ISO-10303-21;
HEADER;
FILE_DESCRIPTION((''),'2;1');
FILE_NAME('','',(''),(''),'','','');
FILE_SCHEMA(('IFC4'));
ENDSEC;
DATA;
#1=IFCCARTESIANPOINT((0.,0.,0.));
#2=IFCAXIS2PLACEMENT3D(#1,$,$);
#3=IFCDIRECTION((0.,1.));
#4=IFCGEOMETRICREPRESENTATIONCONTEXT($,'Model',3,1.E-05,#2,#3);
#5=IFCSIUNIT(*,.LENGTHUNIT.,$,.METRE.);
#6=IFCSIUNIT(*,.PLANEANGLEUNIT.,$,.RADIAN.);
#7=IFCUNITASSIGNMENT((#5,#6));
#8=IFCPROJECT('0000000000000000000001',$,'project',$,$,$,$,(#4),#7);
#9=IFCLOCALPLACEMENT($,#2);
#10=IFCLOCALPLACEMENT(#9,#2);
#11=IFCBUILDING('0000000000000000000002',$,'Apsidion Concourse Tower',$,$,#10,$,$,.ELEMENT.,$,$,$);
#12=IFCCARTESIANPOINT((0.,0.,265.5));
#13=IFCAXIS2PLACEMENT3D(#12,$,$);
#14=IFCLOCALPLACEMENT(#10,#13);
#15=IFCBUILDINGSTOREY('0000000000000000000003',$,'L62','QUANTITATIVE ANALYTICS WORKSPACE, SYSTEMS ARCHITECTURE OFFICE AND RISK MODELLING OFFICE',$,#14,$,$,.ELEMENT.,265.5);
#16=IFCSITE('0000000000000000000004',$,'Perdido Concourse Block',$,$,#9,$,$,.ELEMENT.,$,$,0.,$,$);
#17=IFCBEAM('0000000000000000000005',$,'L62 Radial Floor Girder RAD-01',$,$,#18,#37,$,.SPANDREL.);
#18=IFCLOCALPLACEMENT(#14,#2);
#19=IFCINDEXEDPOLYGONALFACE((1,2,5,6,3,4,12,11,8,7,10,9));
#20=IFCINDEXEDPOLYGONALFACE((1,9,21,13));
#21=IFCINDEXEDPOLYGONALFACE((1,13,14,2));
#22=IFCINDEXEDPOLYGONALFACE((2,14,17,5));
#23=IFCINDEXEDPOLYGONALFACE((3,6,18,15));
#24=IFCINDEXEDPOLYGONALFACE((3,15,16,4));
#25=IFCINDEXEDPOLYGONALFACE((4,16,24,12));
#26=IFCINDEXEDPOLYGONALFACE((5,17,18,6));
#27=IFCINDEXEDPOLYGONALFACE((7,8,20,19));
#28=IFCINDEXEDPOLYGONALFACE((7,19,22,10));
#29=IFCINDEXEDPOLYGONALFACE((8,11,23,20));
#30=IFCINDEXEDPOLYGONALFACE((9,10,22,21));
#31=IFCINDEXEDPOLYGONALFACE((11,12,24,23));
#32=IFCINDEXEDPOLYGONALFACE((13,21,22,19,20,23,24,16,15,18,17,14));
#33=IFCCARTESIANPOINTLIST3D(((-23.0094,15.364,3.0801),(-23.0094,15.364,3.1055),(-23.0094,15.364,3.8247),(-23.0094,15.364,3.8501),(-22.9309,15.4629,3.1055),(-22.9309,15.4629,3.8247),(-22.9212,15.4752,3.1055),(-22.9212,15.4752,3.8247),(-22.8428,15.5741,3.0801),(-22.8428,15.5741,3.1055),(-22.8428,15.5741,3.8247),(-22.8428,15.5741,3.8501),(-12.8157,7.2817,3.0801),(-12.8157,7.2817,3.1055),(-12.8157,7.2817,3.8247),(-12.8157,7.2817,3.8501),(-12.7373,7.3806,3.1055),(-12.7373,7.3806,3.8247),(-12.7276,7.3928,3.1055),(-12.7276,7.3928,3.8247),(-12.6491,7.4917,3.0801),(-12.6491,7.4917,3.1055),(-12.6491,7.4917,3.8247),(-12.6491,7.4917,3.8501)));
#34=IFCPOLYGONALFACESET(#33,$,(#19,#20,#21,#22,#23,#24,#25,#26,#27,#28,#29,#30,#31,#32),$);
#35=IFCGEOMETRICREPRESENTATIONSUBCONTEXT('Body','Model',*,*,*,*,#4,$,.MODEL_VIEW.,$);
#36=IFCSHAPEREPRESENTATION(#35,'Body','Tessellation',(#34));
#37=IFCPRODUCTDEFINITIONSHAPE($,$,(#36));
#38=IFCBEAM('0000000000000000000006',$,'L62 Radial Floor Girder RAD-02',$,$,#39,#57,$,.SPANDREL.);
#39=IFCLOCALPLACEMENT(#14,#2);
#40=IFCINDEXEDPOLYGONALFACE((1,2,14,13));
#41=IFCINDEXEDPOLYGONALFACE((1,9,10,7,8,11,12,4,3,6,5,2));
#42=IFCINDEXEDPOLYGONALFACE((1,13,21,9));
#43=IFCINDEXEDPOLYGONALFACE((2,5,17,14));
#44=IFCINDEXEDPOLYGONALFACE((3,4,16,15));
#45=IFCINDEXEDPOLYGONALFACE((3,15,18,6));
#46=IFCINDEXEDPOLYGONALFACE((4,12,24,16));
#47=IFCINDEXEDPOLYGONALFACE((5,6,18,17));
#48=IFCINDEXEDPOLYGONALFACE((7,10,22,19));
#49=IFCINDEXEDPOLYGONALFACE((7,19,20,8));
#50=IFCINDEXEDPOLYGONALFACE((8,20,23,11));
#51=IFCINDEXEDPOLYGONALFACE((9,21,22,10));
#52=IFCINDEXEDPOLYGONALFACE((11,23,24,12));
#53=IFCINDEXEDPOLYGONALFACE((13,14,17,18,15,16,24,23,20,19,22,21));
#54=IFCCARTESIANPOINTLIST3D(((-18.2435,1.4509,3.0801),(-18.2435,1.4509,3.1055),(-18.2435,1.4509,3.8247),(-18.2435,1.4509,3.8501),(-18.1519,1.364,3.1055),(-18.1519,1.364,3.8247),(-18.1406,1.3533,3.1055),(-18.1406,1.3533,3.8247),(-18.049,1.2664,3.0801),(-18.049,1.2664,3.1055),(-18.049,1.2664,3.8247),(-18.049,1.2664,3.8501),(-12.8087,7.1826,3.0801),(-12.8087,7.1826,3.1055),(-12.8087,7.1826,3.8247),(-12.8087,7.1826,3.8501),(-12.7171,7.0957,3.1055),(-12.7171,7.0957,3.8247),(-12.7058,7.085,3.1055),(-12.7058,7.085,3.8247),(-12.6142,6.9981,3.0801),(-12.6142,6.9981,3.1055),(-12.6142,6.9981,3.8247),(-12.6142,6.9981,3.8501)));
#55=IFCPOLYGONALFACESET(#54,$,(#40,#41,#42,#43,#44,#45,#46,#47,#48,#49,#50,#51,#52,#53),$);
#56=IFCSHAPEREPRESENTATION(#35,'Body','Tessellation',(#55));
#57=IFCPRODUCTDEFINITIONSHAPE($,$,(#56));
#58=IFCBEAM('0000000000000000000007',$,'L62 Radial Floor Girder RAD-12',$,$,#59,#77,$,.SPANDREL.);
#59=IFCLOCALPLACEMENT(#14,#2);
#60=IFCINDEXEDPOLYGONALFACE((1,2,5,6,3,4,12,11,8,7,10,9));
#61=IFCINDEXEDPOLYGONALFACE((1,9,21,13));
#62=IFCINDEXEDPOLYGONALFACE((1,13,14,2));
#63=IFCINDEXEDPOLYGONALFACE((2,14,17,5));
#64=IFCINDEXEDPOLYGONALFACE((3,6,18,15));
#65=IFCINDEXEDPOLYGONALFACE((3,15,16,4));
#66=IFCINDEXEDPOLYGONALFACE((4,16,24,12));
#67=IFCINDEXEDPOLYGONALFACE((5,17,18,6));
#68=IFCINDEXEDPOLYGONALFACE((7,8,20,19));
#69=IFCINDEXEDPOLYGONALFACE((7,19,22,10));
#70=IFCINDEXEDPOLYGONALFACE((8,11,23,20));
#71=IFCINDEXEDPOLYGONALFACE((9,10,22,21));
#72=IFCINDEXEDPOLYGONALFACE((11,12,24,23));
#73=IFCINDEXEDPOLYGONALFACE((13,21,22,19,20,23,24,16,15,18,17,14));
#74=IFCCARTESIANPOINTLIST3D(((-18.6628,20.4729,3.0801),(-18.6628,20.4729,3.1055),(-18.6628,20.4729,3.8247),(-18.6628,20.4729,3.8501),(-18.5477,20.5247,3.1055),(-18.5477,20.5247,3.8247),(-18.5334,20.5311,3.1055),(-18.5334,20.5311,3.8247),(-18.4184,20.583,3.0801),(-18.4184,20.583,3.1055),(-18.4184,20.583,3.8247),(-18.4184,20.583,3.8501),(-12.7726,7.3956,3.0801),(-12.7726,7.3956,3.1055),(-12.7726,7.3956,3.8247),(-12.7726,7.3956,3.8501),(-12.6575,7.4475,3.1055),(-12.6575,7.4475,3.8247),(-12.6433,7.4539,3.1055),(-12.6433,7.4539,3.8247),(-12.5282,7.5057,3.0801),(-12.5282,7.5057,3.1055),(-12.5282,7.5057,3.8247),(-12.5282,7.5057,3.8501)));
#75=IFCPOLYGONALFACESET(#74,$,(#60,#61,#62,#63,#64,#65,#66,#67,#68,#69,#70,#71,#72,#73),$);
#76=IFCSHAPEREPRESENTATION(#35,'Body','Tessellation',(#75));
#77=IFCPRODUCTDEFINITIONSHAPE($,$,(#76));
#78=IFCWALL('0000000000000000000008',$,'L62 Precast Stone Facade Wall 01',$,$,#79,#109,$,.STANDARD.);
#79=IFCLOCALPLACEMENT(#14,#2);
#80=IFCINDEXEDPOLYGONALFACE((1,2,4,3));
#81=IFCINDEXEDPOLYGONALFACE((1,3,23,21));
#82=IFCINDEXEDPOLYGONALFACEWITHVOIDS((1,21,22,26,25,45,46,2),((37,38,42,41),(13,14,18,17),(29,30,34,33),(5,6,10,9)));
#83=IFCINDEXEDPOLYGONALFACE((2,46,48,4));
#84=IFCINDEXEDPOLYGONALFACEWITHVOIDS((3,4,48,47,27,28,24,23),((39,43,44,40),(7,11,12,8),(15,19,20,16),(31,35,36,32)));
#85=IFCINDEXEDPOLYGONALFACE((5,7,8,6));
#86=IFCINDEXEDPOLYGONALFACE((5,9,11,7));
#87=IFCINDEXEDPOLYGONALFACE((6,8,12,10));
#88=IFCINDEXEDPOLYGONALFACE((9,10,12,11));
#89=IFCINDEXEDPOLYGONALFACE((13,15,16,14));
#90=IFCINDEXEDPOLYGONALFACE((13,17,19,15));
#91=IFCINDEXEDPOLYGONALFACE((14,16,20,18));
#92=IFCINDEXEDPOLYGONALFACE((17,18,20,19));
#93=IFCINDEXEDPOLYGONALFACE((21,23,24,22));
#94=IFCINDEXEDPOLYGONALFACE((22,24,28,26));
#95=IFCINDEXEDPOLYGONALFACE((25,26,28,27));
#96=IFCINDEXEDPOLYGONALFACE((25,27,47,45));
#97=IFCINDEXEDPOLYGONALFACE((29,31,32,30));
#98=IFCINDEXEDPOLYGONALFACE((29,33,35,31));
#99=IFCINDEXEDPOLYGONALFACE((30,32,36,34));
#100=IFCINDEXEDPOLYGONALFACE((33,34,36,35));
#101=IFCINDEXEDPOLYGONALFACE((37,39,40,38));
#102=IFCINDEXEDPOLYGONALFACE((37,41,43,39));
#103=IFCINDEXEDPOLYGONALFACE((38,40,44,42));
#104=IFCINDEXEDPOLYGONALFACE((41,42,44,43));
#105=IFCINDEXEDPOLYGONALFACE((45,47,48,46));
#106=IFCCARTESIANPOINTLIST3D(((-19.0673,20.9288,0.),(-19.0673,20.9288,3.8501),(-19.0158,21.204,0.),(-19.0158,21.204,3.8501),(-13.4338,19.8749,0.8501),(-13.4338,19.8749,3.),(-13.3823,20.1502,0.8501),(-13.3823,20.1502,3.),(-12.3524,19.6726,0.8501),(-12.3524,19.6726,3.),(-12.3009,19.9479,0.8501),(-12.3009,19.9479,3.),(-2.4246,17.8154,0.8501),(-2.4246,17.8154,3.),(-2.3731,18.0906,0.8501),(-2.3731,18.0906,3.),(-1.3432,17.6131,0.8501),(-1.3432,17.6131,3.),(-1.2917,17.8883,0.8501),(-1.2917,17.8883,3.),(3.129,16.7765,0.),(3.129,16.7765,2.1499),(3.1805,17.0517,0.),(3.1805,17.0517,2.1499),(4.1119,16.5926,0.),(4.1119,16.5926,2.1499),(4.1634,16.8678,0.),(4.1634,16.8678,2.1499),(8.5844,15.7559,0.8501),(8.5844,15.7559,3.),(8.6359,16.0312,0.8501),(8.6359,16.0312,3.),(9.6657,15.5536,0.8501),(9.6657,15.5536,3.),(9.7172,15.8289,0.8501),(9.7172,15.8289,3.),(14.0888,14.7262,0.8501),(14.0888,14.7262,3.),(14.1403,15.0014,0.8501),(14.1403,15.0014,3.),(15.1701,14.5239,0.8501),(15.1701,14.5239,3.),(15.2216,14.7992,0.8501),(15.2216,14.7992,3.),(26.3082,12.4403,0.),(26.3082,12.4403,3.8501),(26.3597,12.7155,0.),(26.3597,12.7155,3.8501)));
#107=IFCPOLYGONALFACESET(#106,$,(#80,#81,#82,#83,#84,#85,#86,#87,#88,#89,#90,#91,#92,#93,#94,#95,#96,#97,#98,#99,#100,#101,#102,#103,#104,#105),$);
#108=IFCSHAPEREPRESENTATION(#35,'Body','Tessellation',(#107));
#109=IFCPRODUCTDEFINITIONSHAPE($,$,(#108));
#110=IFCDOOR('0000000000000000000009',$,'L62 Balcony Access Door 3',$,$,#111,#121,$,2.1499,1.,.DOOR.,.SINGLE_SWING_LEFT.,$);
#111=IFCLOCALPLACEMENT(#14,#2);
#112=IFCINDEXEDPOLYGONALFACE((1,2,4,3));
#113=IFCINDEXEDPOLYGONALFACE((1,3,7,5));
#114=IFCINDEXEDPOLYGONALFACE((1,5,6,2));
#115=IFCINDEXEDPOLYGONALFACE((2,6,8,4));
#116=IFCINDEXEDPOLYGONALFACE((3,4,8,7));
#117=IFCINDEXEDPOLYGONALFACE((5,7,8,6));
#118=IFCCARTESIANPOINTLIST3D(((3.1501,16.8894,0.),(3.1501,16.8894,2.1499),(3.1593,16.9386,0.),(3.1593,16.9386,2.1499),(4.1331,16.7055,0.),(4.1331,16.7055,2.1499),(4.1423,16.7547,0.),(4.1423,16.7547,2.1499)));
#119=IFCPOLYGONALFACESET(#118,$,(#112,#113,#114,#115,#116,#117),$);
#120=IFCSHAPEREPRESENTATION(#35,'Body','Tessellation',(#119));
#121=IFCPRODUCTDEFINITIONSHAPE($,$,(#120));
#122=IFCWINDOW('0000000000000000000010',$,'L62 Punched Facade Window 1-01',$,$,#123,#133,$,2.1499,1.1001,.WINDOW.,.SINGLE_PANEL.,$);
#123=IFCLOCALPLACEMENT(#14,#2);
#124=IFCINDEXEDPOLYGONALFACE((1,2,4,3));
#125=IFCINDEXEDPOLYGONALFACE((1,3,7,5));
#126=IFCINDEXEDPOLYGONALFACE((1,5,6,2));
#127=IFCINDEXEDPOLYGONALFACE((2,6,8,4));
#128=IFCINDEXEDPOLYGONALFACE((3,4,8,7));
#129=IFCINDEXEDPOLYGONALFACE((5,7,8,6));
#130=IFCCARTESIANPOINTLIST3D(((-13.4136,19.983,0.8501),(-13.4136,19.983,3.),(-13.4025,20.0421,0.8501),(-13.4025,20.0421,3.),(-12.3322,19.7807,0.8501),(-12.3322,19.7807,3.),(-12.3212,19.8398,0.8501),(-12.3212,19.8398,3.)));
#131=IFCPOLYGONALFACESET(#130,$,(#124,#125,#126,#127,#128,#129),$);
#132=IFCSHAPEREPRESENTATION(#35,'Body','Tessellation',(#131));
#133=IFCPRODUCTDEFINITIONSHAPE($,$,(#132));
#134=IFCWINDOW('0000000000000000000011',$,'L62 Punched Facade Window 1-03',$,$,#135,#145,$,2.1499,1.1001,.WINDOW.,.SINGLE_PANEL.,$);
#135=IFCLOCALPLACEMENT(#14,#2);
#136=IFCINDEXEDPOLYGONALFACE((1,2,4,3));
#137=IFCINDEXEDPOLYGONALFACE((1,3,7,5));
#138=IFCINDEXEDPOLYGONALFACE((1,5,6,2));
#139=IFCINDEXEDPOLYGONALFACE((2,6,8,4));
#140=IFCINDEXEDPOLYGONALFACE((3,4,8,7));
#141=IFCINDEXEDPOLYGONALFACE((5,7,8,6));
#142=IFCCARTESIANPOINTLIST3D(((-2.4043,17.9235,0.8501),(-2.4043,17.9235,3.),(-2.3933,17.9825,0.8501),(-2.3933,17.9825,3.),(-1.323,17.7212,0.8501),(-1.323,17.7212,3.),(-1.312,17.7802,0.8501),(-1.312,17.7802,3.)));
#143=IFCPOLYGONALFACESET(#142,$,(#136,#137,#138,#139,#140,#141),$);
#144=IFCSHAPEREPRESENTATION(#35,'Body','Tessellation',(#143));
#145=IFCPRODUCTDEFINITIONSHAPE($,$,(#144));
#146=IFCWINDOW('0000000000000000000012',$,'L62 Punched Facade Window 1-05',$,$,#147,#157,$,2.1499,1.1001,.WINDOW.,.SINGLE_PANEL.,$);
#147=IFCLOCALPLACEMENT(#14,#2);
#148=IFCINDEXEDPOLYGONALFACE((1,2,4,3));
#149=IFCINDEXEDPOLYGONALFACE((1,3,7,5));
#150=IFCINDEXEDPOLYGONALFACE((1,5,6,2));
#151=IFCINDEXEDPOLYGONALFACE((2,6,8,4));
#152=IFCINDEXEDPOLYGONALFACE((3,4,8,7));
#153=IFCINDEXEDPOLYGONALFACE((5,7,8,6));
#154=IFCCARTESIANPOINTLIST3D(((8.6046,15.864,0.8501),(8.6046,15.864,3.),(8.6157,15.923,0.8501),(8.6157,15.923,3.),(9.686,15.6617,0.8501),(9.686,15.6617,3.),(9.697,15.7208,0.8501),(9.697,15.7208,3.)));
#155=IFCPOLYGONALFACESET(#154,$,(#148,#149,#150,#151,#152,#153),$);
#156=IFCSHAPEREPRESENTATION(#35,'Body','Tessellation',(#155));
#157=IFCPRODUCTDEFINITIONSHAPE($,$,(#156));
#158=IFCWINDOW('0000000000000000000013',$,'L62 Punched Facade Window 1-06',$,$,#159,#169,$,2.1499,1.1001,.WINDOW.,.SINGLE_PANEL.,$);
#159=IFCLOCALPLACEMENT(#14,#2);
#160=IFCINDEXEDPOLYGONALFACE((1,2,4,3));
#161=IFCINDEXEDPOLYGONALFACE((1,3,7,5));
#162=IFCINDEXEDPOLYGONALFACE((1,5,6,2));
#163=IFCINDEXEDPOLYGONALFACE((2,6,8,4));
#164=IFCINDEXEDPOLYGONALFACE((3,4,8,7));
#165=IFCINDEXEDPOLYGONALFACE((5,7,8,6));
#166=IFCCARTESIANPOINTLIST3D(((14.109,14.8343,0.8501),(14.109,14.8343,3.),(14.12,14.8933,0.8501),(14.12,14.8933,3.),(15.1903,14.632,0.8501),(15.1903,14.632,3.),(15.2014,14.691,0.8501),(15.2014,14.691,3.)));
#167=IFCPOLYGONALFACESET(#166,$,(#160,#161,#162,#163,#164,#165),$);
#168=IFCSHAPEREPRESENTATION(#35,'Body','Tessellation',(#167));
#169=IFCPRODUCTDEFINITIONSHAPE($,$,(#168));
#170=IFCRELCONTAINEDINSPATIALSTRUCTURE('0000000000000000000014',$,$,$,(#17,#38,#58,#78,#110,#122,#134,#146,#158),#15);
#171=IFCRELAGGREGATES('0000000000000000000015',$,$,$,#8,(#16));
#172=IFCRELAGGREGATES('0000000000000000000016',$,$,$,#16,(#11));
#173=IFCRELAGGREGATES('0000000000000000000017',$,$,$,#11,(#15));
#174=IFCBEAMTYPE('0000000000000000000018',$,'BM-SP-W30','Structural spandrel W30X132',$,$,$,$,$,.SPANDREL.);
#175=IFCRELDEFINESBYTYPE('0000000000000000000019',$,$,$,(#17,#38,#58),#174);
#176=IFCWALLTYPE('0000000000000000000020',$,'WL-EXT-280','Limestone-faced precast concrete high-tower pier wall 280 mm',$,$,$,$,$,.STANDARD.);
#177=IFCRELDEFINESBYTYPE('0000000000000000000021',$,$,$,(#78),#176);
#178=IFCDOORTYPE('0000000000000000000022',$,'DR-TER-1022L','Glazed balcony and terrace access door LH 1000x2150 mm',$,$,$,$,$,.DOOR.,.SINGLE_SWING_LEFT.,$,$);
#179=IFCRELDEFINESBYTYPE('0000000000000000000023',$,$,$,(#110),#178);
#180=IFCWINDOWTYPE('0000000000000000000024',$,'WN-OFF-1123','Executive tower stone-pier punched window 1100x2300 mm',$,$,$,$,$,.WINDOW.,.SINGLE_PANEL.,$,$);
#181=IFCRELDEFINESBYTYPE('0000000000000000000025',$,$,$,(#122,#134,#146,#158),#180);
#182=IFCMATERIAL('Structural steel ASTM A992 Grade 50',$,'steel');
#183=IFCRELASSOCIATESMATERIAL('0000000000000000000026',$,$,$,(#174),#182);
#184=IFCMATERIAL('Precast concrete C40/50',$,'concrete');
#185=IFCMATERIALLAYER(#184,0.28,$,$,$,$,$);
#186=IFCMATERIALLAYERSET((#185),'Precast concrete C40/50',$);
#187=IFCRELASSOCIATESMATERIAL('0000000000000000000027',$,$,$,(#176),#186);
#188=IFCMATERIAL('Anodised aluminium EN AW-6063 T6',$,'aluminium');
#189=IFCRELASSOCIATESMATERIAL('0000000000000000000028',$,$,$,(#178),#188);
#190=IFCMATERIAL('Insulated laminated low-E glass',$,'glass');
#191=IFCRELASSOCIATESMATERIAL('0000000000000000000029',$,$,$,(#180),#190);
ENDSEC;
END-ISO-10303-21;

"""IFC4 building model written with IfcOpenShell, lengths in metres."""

from ifc_helpers import new_model, si_unit, direction, frame, frame_2d, origin, origin_2d, place, context, subcontext, project, spatial, rectangle, i_section, extrude, material, layer, layer_set, material_profile, profile_set, type_object, element, fill, save


model = new_model("IFC4")

# Units and contexts
model_context = context("Model", 3, precision=1e-05, world=origin(), true_north=direction((0.0, 1.0)))
body_context = subcontext(model_context, "Body", "Model", "MODEL_VIEW")
ifc_project = project(units=[si_unit("LENGTHUNIT", "METRE"), si_unit("PLANEANGLEUNIT", "RADIAN")], contexts=[model_context])

# Site, building, storey
site_placement = place(None, origin())
site = spatial("IfcSite", under=ifc_project, at=site_placement, Name="Perdido Concourse Block", CompositionType="ELEMENT", RefElevation=0.0)
building_placement = place(site_placement, origin())
building = spatial("IfcBuilding", under=site, at=building_placement, Name="Apsidion Concourse Tower", CompositionType="ELEMENT")
storey_placement = place(building_placement, frame((0.0, 0.0, 265.5)))
storey = spatial("IfcBuildingStorey", under=building, at=storey_placement, Name="L62", Description="QUANTITATIVE ANALYTICS WORKSPACE, SYSTEMS ARCHITECTURE OFFICE AND RISK MODELLING OFFICE", CompositionType="ELEMENT", Elevation=265.5)

# Shared definitions
ifc_material_1 = material(Name="Structural steel ASTM A992 Grade 50", Category="steel")

# Beams
ifc_material_profile_1 = material_profile(ifc_material_1, i_section(OverallWidth=0.2681, OverallDepth=0.77, WebThickness=0.0156, FlangeThickness=0.0254, at=origin_2d()), Name="W30X132")
ifc_profile_set_1 = profile_set([ifc_material_profile_1], Name="Structural steel ASTM A992 Grade 50")
beam_type_1 = type_object("IfcBeamType", Name="BM-SP-W30", Description="Structural spandrel W30X132", PredefinedType="SPANDREL", material=ifc_profile_set_1)
beam_1_placement = place(storey_placement, frame((-12.7324, 7.3867, 3.4651), z_axis=(-0.783584, 0.621286, 0.0), x_axis=(-0.621286, -0.783584, 0.0)))
element("IfcBeam", 1, at=beam_1_placement, inside=storey, type_object=beam_type_1, Name="L62 Radial Floor Girder RAD-01", PredefinedType="SPANDREL", context=body_context, shape_type="SweptSolid", body=[
    extrude(i_section(OverallWidth=0.2681, OverallDepth=0.77, WebThickness=0.0156, FlangeThickness=0.0254, at=origin_2d()), origin(), (0.0, 0.0, 1.0), 13.009),
])
beam_2_placement = place(storey_placement, frame((-12.7114, 7.0903, 3.4651), z_axis=(-0.688064, -0.72565, 0.0), x_axis=(0.72565, -0.688064, 0.0)))
element("IfcBeam", 2, at=beam_2_placement, inside=storey, type_object=beam_type_1, Name="L62 Radial Floor Girder RAD-02", PredefinedType="SPANDREL", context=body_context, shape_type="SweptSolid", body=[
    extrude(i_section(OverallWidth=0.2681, OverallDepth=0.77, WebThickness=0.0156, FlangeThickness=0.0254, at=origin_2d()), origin(), (0.0, 0.0, 1.0), 7.8987),
])
beam_3_placement = place(storey_placement, frame((-12.6504, 7.4507, 3.4651), z_axis=(-0.410679, 0.91178, 0.0), x_axis=(-0.91178, -0.410679, 0.0)))
element("IfcBeam", 3, at=beam_3_placement, inside=storey, type_object=beam_type_1, Name="L62 Radial Floor Girder RAD-12", PredefinedType="SPANDREL", context=body_context, shape_type="SweptSolid", body=[
    extrude(i_section(OverallWidth=0.2681, OverallDepth=0.77, WebThickness=0.0156, FlangeThickness=0.0254, at=origin_2d()), origin(), (0.0, 0.0, 1.0), 14.3425),
])

# Wall, openings, door, windows
ifc_material_2 = material(Name="Precast concrete C40/50", Category="concrete")
ifc_layer_1 = layer(ifc_material_2, 0.28)
ifc_layer_set_1 = layer_set([ifc_layer_1], Name="Precast concrete C40/50")
wall_type_1 = type_object("IfcWallType", Name="WL-EXT-280", Description="Limestone-faced precast concrete high-tower pier wall 280 mm", PredefinedType="STANDARD", material=ifc_layer_set_1)
wall_1_placement = place(storey_placement, frame((-19.0415, 21.0664, 0.0), z_axis=(0.0, 0.0, 1.0), x_axis=(0.982948, -0.183883, 0.0)))
wall_1 = element("IfcWall", 4, at=wall_1_placement, inside=storey, type_object=wall_type_1, Name="L62 Precast Stone Facade Wall 01", PredefinedType="STANDARD", context=body_context, shape_type="SweptSolid", body=[
    extrude(rectangle(XDim=46.1626, YDim=0.28, at=frame_2d((23.0813, 0.0))), origin(), (0.0, 0.0, 1.0), 3.8501),
])
opening_1_placement = place(wall_1_placement, frame((22.5813, 0.0, 0.0)))
opening_1 = element("IfcOpeningElement", 5, at=opening_1_placement, cuts=wall_1, PredefinedType="OPENING", context=body_context, shape_type="SweptSolid", body=[
    extrude(rectangle(XDim=1.0, YDim=2.1499, at=frame_2d((0.5, 1.075))), frame((0.0, 0.1499, 0.0), z_axis=(0.0, -1.0, 0.0), x_axis=(1.0, 0.0, 0.0)), (0.0, 0.0, 1.0), 0.3),
])
opening_2_placement = place(wall_1_placement, frame((5.7312, 0.0, 0.8501)))
opening_2 = element("IfcOpeningElement", 6, at=opening_2_placement, cuts=wall_1, PredefinedType="OPENING", context=body_context, shape_type="SweptSolid", body=[
    extrude(rectangle(XDim=1.1001, YDim=2.1499, at=frame_2d((0.55, 1.075))), frame((0.0, 0.1499, 0.0), z_axis=(0.0, -1.0, 0.0), x_axis=(1.0, 0.0, 0.0)), (0.0, 0.0, 1.0), 0.3),
])
opening_3_placement = place(wall_1_placement, frame((16.9314, 0.0, 0.8501)))
opening_3 = element("IfcOpeningElement", 7, at=opening_3_placement, cuts=wall_1, PredefinedType="OPENING", context=body_context, shape_type="SweptSolid", body=[
    extrude(rectangle(XDim=1.1001, YDim=2.1499, at=frame_2d((0.55, 1.075))), frame((0.0, 0.1499, 0.0), z_axis=(0.0, -1.0, 0.0), x_axis=(1.0, 0.0, 0.0)), (0.0, 0.0, 1.0), 0.3),
])
opening_4_placement = place(wall_1_placement, frame((28.1313, 0.0, 0.8501)))
opening_4 = element("IfcOpeningElement", 8, at=opening_4_placement, cuts=wall_1, PredefinedType="OPENING", context=body_context, shape_type="SweptSolid", body=[
    extrude(rectangle(XDim=1.1001, YDim=2.1499, at=frame_2d((0.55, 1.075))), frame((0.0, 0.1499, 0.0), z_axis=(0.0, -1.0, 0.0), x_axis=(1.0, 0.0, 0.0)), (0.0, 0.0, 1.0), 0.3),
])
opening_5_placement = place(wall_1_placement, frame((33.7312, 0.0, 0.8501)))
opening_5 = element("IfcOpeningElement", 9, at=opening_5_placement, cuts=wall_1, PredefinedType="OPENING", context=body_context, shape_type="SweptSolid", body=[
    extrude(rectangle(XDim=1.1001, YDim=2.1499, at=frame_2d((0.55, 1.075))), frame((0.0, 0.1499, 0.0), z_axis=(0.0, -1.0, 0.0), x_axis=(1.0, 0.0, 0.0)), (0.0, 0.0, 1.0), 0.3),
])
ifc_material_3 = material(Name="Anodised aluminium EN AW-6063 T6", Category="aluminium")
door_type_1 = type_object("IfcDoorType", Name="DR-TER-1022L", Description="Glazed balcony and terrace access door LH 1000x2150 mm", OperationType="SINGLE_SWING_LEFT", PredefinedType="DOOR", material=ifc_material_3)
door_1_placement = place(opening_1_placement, origin())
door_1 = element("IfcDoor", 10, at=door_1_placement, inside=storey, type_object=door_type_1, Name="L62 Balcony Access Door 3", OperationType="SINGLE_SWING_LEFT", OverallHeight=2.1499, OverallWidth=1.0, PredefinedType="DOOR", context=body_context, shape_type="SweptSolid", body=[
    extrude(rectangle(XDim=1.0, YDim=2.1499, at=frame_2d((0.5, 1.075))), frame((0.0, 0.0249, 0.0), z_axis=(0.0, -1.0, 0.0), x_axis=(1.0, 0.0, 0.0)), (0.0, 0.0, 1.0), 0.05),
])
fill(opening_1, door_1)
ifc_material_4 = material(Name="Insulated laminated low-E glass", Category="glass")
window_type = type_object("IfcWindowType", Name="WN-OFF-1123", Description="Executive tower stone-pier punched window 1100x2300 mm", PartitioningType="SINGLE_PANEL", PredefinedType="WINDOW", material=ifc_material_4)
window_1_placement = place(opening_2_placement, origin())
window_1 = element("IfcWindow", 11, at=window_1_placement, inside=storey, type_object=window_type, Name="L62 Punched Facade Window 1-01", OverallHeight=2.1499, OverallWidth=1.1001, PartitioningType="SINGLE_PANEL", PredefinedType="WINDOW", context=body_context, shape_type="SweptSolid", body=[
    extrude(rectangle(XDim=1.1001, YDim=2.1499, at=frame_2d((0.55, 1.075))), frame((0.0, 0.03, 0.0), z_axis=(0.0, -1.0, 0.0), x_axis=(1.0, 0.0, 0.0)), (0.0, 0.0, 1.0), 0.0601),
])
fill(opening_2, window_1)
window_2_placement = place(opening_3_placement, origin())
window_2 = element("IfcWindow", 12, at=window_2_placement, inside=storey, type_object=window_type, Name="L62 Punched Facade Window 1-03", OverallHeight=2.1499, OverallWidth=1.1001, PartitioningType="SINGLE_PANEL", PredefinedType="WINDOW", context=body_context, shape_type="SweptSolid", body=[
    extrude(rectangle(XDim=1.1001, YDim=2.1499, at=frame_2d((0.55, 1.075))), frame((0.0, 0.03, 0.0), z_axis=(0.0, -1.0, 0.0), x_axis=(1.0, 0.0, 0.0)), (0.0, 0.0, 1.0), 0.0601),
])
fill(opening_3, window_2)
window_3_placement = place(opening_4_placement, origin())
window_3 = element("IfcWindow", 13, at=window_3_placement, inside=storey, type_object=window_type, Name="L62 Punched Facade Window 1-05", OverallHeight=2.1499, OverallWidth=1.1001, PartitioningType="SINGLE_PANEL", PredefinedType="WINDOW", context=body_context, shape_type="SweptSolid", body=[
    extrude(rectangle(XDim=1.1001, YDim=2.1499, at=frame_2d((0.55, 1.075))), frame((0.0, 0.03, 0.0), z_axis=(0.0, -1.0, 0.0), x_axis=(1.0, 0.0, 0.0)), (0.0, 0.0, 1.0), 0.0601),
])
fill(opening_4, window_3)
window_4_placement = place(opening_5_placement, origin())
window_4 = element("IfcWindow", 14, at=window_4_placement, inside=storey, type_object=window_type, Name="L62 Punched Facade Window 1-06", OverallHeight=2.1499, OverallWidth=1.1001, PartitioningType="SINGLE_PANEL", PredefinedType="WINDOW", context=body_context, shape_type="SweptSolid", body=[
    extrude(rectangle(XDim=1.1001, YDim=2.1499, at=frame_2d((0.55, 1.075))), frame((0.0, 0.03, 0.0), z_axis=(0.0, -1.0, 0.0), x_axis=(1.0, 0.0, 0.0)), (0.0, 0.0, 1.0), 0.0601),
])
fill(opening_5, window_4)

save(model, "model.ifc")
